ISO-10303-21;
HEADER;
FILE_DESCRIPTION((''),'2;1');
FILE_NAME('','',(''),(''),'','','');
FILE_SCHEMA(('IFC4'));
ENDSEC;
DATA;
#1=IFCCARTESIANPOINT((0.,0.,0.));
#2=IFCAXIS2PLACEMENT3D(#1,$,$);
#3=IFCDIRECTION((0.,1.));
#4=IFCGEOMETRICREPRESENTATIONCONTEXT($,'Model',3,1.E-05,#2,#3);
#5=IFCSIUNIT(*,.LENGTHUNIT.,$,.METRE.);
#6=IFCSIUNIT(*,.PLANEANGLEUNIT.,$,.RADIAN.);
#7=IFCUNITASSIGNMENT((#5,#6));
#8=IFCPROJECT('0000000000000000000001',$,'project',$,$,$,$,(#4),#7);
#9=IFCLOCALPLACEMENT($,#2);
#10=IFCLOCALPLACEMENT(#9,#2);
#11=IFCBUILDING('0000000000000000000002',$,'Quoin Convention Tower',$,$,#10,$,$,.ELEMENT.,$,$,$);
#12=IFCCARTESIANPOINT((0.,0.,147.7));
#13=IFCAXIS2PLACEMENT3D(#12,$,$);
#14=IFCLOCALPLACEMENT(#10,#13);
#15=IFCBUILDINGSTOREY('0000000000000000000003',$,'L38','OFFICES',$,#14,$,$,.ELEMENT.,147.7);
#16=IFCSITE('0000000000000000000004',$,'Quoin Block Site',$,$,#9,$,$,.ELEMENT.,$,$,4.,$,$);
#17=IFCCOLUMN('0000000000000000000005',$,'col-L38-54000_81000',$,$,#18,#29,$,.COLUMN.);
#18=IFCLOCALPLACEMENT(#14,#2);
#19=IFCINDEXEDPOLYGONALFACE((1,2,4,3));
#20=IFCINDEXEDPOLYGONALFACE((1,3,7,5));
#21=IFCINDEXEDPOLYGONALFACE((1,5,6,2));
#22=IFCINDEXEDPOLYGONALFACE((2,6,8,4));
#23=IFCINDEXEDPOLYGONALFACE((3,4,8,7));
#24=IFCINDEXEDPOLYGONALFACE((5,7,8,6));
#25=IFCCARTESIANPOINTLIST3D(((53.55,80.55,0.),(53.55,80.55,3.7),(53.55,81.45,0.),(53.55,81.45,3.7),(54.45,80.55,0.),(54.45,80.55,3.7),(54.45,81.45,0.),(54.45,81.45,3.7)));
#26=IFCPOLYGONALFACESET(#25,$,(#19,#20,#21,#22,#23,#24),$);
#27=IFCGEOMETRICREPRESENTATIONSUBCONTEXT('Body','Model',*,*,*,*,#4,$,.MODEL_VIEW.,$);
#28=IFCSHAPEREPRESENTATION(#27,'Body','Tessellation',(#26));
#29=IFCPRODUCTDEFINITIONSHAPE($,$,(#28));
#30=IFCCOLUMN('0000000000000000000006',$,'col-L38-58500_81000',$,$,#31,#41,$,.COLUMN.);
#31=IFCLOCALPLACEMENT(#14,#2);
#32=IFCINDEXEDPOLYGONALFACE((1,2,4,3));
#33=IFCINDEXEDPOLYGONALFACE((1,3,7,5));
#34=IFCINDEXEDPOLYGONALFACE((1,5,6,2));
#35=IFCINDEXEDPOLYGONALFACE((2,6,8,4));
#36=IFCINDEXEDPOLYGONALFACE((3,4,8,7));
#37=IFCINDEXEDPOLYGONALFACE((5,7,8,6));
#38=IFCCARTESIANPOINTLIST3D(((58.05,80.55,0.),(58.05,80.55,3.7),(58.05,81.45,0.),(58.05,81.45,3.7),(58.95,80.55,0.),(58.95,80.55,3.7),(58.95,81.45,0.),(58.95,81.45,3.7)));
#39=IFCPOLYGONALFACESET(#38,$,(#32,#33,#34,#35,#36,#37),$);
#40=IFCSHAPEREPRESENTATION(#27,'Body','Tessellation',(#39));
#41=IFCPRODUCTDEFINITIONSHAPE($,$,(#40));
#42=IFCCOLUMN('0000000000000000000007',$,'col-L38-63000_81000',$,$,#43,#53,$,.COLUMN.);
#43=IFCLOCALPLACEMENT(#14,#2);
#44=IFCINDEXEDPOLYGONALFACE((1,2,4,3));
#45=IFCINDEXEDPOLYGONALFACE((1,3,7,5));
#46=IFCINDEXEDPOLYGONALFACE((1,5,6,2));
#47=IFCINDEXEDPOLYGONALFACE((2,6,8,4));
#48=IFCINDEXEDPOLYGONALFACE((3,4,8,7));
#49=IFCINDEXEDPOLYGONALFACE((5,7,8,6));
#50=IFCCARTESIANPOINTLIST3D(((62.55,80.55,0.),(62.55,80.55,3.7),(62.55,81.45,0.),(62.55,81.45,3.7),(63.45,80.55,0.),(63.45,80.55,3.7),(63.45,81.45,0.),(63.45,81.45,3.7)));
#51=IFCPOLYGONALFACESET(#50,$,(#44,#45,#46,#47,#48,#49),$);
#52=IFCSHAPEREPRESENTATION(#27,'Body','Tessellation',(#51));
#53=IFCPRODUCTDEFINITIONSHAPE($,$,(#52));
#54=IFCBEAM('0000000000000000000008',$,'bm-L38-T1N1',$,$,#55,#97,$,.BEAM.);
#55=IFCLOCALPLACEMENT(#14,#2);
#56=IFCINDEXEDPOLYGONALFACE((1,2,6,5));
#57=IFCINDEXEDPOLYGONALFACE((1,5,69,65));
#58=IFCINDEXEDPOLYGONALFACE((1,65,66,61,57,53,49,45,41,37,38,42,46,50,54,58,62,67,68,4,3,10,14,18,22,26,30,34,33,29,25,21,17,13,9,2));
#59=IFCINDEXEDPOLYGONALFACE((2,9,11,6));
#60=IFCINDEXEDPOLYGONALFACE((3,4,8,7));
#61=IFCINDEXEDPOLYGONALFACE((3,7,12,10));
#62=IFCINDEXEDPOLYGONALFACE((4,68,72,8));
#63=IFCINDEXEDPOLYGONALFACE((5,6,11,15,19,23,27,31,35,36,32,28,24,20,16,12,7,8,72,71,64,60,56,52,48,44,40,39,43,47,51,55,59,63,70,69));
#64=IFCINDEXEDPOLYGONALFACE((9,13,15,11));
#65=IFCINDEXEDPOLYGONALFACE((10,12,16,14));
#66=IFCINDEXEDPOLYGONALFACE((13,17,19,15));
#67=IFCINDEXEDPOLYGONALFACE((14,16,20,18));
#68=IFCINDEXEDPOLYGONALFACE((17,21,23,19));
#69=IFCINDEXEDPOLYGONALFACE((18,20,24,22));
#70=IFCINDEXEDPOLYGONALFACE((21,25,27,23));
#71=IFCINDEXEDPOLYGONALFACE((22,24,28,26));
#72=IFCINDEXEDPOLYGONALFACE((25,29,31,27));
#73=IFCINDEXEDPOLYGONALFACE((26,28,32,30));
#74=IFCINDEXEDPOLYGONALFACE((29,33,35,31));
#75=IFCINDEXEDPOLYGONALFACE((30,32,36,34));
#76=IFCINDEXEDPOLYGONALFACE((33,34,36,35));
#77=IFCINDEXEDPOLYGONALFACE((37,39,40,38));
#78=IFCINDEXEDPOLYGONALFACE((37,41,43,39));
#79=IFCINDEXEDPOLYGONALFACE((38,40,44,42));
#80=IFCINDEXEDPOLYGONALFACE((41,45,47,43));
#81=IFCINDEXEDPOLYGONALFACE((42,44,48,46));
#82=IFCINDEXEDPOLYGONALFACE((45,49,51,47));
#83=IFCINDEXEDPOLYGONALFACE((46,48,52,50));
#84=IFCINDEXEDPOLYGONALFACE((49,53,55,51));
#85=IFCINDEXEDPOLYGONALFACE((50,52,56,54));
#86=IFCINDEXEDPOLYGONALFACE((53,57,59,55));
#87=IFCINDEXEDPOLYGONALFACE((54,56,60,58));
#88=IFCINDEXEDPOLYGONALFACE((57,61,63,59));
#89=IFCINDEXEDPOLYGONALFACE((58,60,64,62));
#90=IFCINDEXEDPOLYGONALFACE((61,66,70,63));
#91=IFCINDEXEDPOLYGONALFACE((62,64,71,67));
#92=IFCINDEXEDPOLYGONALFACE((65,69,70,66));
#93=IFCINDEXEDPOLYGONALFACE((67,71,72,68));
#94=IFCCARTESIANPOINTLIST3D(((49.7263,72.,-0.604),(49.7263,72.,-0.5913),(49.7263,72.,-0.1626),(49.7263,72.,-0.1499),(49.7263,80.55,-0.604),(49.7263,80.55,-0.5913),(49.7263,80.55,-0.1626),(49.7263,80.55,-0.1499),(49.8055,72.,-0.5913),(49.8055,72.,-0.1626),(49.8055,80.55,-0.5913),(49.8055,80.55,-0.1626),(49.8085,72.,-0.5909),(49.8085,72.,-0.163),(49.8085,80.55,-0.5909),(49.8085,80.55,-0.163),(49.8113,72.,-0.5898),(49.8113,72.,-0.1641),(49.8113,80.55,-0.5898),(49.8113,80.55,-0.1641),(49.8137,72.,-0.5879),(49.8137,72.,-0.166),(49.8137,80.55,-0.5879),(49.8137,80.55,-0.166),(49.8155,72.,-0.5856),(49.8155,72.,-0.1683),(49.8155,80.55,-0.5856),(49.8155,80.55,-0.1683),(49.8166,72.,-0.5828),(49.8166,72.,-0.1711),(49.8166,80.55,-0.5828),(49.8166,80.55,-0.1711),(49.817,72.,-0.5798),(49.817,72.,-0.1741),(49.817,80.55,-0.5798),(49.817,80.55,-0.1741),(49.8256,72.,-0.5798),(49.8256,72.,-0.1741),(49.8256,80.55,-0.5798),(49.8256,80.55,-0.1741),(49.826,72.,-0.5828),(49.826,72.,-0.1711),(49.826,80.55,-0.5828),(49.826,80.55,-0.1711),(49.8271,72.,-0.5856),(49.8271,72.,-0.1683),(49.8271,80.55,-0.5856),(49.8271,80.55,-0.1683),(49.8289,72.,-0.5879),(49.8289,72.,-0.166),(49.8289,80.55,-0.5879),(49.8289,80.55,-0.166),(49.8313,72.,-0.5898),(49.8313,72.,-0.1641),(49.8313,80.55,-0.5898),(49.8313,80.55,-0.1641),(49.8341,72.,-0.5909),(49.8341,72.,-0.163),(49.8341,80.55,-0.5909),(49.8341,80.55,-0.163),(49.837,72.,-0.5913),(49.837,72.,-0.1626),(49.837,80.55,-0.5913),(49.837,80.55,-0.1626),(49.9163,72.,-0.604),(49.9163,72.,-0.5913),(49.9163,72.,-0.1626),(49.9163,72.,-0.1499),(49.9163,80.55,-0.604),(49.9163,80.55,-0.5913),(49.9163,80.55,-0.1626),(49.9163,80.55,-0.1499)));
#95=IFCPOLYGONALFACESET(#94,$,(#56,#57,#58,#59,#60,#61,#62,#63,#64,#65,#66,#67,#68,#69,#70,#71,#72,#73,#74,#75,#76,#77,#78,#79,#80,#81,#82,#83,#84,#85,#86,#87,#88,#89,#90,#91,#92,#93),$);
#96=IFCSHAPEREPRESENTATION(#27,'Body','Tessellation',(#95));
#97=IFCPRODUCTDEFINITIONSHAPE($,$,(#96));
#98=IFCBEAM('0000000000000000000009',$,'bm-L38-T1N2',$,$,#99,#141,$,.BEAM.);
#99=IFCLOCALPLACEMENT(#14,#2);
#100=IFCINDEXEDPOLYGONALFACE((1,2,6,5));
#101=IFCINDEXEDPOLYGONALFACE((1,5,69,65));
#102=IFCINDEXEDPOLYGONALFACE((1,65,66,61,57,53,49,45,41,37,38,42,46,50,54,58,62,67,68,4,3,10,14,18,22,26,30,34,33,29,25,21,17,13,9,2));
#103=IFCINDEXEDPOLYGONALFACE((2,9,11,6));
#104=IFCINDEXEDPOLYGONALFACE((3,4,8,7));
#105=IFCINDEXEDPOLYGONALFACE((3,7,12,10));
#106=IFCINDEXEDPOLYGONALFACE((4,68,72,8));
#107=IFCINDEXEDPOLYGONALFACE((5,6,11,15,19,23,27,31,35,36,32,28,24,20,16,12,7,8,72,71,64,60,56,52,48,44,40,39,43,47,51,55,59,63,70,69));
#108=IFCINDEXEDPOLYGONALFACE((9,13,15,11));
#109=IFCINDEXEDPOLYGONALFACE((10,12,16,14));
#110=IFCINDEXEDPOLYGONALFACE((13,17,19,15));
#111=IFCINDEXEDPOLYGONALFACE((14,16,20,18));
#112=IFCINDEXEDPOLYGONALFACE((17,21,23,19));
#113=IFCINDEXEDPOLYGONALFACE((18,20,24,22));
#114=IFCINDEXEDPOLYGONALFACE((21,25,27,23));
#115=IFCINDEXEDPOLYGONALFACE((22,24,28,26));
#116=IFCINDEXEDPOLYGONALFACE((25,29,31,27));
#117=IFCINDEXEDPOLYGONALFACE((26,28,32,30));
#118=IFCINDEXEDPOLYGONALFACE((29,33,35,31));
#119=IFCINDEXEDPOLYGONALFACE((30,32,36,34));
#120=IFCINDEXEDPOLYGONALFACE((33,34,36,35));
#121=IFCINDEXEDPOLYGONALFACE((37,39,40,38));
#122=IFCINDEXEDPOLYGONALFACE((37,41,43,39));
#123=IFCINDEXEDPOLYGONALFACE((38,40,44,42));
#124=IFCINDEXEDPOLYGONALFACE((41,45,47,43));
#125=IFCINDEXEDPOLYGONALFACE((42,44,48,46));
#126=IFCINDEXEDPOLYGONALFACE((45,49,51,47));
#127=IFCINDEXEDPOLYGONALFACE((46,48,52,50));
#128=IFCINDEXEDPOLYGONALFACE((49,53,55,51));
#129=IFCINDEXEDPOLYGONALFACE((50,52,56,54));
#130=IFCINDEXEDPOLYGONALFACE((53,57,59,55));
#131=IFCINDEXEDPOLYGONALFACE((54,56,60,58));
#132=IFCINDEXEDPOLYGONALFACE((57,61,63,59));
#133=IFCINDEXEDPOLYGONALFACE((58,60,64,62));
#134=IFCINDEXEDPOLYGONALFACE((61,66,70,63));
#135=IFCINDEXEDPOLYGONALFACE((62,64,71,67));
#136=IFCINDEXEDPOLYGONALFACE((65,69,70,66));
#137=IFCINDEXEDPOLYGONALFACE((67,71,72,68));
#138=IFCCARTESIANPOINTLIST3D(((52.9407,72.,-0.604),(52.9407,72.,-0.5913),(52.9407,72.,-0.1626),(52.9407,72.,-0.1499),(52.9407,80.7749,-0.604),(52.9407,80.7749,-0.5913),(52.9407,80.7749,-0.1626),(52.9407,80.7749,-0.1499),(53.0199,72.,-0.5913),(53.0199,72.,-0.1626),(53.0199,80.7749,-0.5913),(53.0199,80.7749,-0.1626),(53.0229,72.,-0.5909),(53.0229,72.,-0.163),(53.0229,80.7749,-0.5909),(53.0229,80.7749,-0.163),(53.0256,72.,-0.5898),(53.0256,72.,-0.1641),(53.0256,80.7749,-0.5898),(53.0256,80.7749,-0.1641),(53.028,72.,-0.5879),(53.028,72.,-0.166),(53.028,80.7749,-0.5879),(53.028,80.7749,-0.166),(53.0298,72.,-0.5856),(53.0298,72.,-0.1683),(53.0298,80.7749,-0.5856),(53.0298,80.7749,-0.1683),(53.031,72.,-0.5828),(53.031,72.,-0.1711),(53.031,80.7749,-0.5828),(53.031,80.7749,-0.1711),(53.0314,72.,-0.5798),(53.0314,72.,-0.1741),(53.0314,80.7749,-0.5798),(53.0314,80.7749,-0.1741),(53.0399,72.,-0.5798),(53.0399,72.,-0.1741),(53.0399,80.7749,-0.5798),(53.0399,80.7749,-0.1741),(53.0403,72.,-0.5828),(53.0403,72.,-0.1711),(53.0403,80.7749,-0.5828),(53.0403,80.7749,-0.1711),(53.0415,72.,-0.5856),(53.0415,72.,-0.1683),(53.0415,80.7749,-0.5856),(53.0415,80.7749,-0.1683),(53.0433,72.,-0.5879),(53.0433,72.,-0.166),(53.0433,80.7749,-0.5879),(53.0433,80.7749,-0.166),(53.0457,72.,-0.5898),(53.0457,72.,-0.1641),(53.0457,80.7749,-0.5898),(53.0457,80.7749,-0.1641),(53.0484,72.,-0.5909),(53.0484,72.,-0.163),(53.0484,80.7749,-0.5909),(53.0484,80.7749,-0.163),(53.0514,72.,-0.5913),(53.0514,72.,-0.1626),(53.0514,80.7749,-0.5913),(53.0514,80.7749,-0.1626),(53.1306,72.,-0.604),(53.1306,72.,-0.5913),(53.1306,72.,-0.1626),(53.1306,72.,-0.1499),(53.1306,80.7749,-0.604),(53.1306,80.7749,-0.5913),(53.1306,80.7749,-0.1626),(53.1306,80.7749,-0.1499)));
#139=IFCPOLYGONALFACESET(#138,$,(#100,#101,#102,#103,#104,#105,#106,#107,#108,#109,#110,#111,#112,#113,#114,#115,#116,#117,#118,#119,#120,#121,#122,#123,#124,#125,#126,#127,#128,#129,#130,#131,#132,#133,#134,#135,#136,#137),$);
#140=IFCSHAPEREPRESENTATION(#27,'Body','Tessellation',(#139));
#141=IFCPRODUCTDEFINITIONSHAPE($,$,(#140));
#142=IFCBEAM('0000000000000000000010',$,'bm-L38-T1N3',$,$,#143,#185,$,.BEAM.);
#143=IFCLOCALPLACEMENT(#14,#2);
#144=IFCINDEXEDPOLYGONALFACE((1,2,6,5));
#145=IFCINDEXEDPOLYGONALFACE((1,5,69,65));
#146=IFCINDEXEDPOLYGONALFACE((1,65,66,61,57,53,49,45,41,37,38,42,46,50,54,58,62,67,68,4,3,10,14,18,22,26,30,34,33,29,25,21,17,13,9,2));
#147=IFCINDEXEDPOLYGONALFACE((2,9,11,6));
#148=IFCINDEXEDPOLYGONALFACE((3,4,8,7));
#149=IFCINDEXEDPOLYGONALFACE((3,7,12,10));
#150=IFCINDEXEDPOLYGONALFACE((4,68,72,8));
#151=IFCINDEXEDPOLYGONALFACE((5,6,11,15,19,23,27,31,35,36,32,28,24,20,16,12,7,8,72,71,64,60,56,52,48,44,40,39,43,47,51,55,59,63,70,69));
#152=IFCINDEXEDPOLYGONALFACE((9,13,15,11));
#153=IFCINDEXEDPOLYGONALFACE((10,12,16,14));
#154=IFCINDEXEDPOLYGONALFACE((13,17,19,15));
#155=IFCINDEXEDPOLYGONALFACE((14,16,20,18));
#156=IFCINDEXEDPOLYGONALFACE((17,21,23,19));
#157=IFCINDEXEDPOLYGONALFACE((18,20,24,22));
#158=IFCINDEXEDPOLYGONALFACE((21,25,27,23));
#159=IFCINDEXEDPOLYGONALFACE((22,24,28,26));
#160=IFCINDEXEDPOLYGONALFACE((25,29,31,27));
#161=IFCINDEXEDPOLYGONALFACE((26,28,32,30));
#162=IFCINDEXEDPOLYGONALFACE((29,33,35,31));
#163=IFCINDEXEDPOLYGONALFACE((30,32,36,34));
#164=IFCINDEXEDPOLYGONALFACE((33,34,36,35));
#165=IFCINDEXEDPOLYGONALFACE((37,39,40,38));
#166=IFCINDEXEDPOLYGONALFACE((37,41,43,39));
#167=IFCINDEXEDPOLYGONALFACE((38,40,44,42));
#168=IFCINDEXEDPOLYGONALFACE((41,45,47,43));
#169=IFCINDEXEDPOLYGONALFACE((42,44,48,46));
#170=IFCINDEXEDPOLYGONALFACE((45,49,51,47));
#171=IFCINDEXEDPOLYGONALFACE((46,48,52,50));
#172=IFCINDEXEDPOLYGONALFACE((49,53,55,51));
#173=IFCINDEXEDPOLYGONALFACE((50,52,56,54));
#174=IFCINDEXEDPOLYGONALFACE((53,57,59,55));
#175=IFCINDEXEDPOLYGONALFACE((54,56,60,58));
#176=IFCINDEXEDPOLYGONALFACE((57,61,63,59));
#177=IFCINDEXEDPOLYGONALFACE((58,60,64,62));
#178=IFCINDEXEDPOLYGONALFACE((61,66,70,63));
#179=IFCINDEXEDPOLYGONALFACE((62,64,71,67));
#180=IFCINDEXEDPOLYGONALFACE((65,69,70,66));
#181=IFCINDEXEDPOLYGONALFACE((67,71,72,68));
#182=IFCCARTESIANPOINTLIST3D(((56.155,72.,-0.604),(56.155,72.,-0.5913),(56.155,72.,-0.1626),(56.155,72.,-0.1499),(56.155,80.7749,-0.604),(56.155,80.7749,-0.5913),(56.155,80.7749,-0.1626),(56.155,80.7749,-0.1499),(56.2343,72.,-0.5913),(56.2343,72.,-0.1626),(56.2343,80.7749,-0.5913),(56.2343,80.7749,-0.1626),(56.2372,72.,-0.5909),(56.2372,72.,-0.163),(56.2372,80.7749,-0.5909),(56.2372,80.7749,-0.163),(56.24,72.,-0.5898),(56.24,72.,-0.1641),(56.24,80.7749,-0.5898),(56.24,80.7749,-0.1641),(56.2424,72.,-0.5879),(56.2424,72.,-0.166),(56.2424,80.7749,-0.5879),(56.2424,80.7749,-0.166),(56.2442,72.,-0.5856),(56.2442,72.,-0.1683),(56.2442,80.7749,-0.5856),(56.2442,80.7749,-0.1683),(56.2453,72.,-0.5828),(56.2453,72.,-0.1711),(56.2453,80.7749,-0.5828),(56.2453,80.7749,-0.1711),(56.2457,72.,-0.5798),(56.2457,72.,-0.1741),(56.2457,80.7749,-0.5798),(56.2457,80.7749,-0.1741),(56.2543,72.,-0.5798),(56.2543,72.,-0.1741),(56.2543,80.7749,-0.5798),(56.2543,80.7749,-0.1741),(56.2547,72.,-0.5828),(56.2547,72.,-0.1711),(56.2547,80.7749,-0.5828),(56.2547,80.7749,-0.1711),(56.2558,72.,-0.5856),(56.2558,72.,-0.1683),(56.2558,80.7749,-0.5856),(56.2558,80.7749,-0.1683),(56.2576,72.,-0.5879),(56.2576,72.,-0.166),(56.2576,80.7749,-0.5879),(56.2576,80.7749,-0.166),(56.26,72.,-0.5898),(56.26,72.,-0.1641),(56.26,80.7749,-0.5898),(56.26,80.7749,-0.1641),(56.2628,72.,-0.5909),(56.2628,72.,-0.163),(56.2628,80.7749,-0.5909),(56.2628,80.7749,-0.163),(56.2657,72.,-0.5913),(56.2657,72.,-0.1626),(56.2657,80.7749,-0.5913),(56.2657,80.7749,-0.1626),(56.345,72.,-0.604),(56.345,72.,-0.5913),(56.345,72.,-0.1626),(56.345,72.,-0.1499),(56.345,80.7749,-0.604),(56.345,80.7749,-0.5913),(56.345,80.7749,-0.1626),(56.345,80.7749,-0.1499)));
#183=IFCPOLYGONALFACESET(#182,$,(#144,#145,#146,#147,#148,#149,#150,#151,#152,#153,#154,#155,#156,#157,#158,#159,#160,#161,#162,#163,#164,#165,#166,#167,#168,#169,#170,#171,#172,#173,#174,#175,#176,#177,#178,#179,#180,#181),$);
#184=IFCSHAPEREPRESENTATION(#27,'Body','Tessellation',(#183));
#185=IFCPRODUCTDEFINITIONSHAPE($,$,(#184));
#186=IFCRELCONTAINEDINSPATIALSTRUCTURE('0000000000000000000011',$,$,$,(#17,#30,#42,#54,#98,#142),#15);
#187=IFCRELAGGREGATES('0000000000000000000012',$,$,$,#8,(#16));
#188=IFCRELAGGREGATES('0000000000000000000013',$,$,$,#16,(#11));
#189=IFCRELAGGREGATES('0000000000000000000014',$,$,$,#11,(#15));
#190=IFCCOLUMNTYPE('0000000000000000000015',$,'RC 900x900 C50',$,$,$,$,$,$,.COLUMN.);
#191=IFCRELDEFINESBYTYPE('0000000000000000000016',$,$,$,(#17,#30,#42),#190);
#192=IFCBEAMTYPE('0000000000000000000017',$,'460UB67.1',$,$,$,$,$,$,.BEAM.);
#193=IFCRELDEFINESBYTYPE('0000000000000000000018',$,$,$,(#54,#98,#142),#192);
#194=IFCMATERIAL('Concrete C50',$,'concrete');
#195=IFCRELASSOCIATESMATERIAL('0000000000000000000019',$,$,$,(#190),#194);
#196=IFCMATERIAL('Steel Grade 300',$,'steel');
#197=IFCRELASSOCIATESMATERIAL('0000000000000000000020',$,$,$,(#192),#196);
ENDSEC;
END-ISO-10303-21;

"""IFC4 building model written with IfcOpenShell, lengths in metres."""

from ifc_helpers import new_model, si_unit, direction, frame, origin, origin_2d, place, context, subcontext, project, spatial, rectangle, i_section, extrude, material, material_profile, profile_set, type_object, element, save


model = new_model("IFC4")

# Units and contexts
model_context = context("Model", 3, precision=1e-05, world=origin(), true_north=direction((0.0, 1.0)))
body_context = subcontext(model_context, "Body", "Model", "MODEL_VIEW")
ifc_project = project(units=[si_unit("LENGTHUNIT", "METRE"), si_unit("PLANEANGLEUNIT", "RADIAN")], contexts=[model_context])

# Site, building, storey
site_placement = place(None, origin())
site = spatial("IfcSite", under=ifc_project, at=site_placement, Name="Quoin Block Site", CompositionType="ELEMENT", RefElevation=4.0)
building_placement = place(site_placement, origin())
building = spatial("IfcBuilding", under=site, at=building_placement, Name="Quoin Convention Tower", CompositionType="ELEMENT")
storey_placement = place(building_placement, frame((0.0, 0.0, 147.7)))
storey = spatial("IfcBuildingStorey", under=building, at=storey_placement, Name="L38", Description="OFFICES", CompositionType="ELEMENT", Elevation=147.7)

# Columns
ifc_material_1 = material(Name="Concrete C50", Category="concrete")
ifc_material_profile_1 = material_profile(ifc_material_1, rectangle(XDim=0.8999, YDim=0.8999, at=origin_2d()), Name="RC 900x900")
ifc_profile_set_1 = profile_set([ifc_material_profile_1], Name="Concrete C50")
column_type = type_object("IfcColumnType", Name="RC 900x900 C50", PredefinedType="COLUMN", material=ifc_profile_set_1)
for number, where, z_axis, x_axis, name in (
    (1, (54.0, 81.0, 0.0), (0.0, 0.0, 1.0), (1.0, 0.0, 0.0), "col-L38-54000_81000"),
    (2, (58.5, 81.0, 0.0), (0.0, 0.0, 1.0), (1.0, 0.0, 0.0), "col-L38-58500_81000"),
    (3, (63.0, 81.0, 0.0), (0.0, 0.0, 1.0), (1.0, 0.0, 0.0), "col-L38-63000_81000"),
):
    element("IfcColumn", number, at=place(storey_placement, frame(where, z_axis=z_axis, x_axis=x_axis)), inside=storey, type_object=column_type, Name=name, PredefinedType="COLUMN", context=body_context, shape_type="SweptSolid", body=[
        extrude(rectangle(XDim=0.8999, YDim=0.8999, at=origin_2d()), origin(), (0.0, 0.0, 1.0), 3.7),
    ])

# Beams
ifc_material_2 = material(Name="Steel Grade 300", Category="steel")
ifc_material_profile_2 = material_profile(ifc_material_2, i_section(OverallWidth=0.1899, OverallDepth=0.4541, WebThickness=0.0085, FlangeThickness=0.0127, FilletRadius=0.0115, at=origin_2d()), Name="460UB67.1")
ifc_profile_set_2 = profile_set([ifc_material_profile_2], Name="Steel Grade 300")
beam_type_1 = type_object("IfcBeamType", Name="460UB67.1", PredefinedType="BEAM", material=ifc_profile_set_2)
beam_1_placement = place(storey_placement, frame((49.8213, 72.0, -0.377), z_axis=(0.0, 1.0, 0.0), x_axis=(-1.0, 0.0, 0.0)))
element("IfcBeam", 4, at=beam_1_placement, inside=storey, type_object=beam_type_1, Name="bm-L38-T1N1", PredefinedType="BEAM", context=body_context, shape_type="SweptSolid", body=[
    extrude(i_section(OverallWidth=0.1899, OverallDepth=0.4541, WebThickness=0.0085, FlangeThickness=0.0127, FilletRadius=0.0115, at=origin_2d()), origin(), (0.0, 0.0, 1.0), 8.55),
])
for number, where, z_axis, x_axis, name in (
    (5, (53.0356, 72.0, -0.377), (0.0, 1.0, 0.0), (-1.0, 0.0, 0.0), "bm-L38-T1N2"),
    (6, (56.25, 72.0, -0.377), (0.0, 1.0, 0.0), (-1.0, 0.0, 0.0), "bm-L38-T1N3"),
):
    element("IfcBeam", number, at=place(storey_placement, frame(where, z_axis=z_axis, x_axis=x_axis)), inside=storey, type_object=beam_type_1, Name=name, PredefinedType="BEAM", context=body_context, shape_type="SweptSolid", body=[
        extrude(i_section(OverallWidth=0.1899, OverallDepth=0.4541, WebThickness=0.0085, FlangeThickness=0.0127, FilletRadius=0.0115, at=origin_2d()), origin(), (0.0, 0.0, 1.0), 8.7749),
    ])

save(model, "model.ifc")
